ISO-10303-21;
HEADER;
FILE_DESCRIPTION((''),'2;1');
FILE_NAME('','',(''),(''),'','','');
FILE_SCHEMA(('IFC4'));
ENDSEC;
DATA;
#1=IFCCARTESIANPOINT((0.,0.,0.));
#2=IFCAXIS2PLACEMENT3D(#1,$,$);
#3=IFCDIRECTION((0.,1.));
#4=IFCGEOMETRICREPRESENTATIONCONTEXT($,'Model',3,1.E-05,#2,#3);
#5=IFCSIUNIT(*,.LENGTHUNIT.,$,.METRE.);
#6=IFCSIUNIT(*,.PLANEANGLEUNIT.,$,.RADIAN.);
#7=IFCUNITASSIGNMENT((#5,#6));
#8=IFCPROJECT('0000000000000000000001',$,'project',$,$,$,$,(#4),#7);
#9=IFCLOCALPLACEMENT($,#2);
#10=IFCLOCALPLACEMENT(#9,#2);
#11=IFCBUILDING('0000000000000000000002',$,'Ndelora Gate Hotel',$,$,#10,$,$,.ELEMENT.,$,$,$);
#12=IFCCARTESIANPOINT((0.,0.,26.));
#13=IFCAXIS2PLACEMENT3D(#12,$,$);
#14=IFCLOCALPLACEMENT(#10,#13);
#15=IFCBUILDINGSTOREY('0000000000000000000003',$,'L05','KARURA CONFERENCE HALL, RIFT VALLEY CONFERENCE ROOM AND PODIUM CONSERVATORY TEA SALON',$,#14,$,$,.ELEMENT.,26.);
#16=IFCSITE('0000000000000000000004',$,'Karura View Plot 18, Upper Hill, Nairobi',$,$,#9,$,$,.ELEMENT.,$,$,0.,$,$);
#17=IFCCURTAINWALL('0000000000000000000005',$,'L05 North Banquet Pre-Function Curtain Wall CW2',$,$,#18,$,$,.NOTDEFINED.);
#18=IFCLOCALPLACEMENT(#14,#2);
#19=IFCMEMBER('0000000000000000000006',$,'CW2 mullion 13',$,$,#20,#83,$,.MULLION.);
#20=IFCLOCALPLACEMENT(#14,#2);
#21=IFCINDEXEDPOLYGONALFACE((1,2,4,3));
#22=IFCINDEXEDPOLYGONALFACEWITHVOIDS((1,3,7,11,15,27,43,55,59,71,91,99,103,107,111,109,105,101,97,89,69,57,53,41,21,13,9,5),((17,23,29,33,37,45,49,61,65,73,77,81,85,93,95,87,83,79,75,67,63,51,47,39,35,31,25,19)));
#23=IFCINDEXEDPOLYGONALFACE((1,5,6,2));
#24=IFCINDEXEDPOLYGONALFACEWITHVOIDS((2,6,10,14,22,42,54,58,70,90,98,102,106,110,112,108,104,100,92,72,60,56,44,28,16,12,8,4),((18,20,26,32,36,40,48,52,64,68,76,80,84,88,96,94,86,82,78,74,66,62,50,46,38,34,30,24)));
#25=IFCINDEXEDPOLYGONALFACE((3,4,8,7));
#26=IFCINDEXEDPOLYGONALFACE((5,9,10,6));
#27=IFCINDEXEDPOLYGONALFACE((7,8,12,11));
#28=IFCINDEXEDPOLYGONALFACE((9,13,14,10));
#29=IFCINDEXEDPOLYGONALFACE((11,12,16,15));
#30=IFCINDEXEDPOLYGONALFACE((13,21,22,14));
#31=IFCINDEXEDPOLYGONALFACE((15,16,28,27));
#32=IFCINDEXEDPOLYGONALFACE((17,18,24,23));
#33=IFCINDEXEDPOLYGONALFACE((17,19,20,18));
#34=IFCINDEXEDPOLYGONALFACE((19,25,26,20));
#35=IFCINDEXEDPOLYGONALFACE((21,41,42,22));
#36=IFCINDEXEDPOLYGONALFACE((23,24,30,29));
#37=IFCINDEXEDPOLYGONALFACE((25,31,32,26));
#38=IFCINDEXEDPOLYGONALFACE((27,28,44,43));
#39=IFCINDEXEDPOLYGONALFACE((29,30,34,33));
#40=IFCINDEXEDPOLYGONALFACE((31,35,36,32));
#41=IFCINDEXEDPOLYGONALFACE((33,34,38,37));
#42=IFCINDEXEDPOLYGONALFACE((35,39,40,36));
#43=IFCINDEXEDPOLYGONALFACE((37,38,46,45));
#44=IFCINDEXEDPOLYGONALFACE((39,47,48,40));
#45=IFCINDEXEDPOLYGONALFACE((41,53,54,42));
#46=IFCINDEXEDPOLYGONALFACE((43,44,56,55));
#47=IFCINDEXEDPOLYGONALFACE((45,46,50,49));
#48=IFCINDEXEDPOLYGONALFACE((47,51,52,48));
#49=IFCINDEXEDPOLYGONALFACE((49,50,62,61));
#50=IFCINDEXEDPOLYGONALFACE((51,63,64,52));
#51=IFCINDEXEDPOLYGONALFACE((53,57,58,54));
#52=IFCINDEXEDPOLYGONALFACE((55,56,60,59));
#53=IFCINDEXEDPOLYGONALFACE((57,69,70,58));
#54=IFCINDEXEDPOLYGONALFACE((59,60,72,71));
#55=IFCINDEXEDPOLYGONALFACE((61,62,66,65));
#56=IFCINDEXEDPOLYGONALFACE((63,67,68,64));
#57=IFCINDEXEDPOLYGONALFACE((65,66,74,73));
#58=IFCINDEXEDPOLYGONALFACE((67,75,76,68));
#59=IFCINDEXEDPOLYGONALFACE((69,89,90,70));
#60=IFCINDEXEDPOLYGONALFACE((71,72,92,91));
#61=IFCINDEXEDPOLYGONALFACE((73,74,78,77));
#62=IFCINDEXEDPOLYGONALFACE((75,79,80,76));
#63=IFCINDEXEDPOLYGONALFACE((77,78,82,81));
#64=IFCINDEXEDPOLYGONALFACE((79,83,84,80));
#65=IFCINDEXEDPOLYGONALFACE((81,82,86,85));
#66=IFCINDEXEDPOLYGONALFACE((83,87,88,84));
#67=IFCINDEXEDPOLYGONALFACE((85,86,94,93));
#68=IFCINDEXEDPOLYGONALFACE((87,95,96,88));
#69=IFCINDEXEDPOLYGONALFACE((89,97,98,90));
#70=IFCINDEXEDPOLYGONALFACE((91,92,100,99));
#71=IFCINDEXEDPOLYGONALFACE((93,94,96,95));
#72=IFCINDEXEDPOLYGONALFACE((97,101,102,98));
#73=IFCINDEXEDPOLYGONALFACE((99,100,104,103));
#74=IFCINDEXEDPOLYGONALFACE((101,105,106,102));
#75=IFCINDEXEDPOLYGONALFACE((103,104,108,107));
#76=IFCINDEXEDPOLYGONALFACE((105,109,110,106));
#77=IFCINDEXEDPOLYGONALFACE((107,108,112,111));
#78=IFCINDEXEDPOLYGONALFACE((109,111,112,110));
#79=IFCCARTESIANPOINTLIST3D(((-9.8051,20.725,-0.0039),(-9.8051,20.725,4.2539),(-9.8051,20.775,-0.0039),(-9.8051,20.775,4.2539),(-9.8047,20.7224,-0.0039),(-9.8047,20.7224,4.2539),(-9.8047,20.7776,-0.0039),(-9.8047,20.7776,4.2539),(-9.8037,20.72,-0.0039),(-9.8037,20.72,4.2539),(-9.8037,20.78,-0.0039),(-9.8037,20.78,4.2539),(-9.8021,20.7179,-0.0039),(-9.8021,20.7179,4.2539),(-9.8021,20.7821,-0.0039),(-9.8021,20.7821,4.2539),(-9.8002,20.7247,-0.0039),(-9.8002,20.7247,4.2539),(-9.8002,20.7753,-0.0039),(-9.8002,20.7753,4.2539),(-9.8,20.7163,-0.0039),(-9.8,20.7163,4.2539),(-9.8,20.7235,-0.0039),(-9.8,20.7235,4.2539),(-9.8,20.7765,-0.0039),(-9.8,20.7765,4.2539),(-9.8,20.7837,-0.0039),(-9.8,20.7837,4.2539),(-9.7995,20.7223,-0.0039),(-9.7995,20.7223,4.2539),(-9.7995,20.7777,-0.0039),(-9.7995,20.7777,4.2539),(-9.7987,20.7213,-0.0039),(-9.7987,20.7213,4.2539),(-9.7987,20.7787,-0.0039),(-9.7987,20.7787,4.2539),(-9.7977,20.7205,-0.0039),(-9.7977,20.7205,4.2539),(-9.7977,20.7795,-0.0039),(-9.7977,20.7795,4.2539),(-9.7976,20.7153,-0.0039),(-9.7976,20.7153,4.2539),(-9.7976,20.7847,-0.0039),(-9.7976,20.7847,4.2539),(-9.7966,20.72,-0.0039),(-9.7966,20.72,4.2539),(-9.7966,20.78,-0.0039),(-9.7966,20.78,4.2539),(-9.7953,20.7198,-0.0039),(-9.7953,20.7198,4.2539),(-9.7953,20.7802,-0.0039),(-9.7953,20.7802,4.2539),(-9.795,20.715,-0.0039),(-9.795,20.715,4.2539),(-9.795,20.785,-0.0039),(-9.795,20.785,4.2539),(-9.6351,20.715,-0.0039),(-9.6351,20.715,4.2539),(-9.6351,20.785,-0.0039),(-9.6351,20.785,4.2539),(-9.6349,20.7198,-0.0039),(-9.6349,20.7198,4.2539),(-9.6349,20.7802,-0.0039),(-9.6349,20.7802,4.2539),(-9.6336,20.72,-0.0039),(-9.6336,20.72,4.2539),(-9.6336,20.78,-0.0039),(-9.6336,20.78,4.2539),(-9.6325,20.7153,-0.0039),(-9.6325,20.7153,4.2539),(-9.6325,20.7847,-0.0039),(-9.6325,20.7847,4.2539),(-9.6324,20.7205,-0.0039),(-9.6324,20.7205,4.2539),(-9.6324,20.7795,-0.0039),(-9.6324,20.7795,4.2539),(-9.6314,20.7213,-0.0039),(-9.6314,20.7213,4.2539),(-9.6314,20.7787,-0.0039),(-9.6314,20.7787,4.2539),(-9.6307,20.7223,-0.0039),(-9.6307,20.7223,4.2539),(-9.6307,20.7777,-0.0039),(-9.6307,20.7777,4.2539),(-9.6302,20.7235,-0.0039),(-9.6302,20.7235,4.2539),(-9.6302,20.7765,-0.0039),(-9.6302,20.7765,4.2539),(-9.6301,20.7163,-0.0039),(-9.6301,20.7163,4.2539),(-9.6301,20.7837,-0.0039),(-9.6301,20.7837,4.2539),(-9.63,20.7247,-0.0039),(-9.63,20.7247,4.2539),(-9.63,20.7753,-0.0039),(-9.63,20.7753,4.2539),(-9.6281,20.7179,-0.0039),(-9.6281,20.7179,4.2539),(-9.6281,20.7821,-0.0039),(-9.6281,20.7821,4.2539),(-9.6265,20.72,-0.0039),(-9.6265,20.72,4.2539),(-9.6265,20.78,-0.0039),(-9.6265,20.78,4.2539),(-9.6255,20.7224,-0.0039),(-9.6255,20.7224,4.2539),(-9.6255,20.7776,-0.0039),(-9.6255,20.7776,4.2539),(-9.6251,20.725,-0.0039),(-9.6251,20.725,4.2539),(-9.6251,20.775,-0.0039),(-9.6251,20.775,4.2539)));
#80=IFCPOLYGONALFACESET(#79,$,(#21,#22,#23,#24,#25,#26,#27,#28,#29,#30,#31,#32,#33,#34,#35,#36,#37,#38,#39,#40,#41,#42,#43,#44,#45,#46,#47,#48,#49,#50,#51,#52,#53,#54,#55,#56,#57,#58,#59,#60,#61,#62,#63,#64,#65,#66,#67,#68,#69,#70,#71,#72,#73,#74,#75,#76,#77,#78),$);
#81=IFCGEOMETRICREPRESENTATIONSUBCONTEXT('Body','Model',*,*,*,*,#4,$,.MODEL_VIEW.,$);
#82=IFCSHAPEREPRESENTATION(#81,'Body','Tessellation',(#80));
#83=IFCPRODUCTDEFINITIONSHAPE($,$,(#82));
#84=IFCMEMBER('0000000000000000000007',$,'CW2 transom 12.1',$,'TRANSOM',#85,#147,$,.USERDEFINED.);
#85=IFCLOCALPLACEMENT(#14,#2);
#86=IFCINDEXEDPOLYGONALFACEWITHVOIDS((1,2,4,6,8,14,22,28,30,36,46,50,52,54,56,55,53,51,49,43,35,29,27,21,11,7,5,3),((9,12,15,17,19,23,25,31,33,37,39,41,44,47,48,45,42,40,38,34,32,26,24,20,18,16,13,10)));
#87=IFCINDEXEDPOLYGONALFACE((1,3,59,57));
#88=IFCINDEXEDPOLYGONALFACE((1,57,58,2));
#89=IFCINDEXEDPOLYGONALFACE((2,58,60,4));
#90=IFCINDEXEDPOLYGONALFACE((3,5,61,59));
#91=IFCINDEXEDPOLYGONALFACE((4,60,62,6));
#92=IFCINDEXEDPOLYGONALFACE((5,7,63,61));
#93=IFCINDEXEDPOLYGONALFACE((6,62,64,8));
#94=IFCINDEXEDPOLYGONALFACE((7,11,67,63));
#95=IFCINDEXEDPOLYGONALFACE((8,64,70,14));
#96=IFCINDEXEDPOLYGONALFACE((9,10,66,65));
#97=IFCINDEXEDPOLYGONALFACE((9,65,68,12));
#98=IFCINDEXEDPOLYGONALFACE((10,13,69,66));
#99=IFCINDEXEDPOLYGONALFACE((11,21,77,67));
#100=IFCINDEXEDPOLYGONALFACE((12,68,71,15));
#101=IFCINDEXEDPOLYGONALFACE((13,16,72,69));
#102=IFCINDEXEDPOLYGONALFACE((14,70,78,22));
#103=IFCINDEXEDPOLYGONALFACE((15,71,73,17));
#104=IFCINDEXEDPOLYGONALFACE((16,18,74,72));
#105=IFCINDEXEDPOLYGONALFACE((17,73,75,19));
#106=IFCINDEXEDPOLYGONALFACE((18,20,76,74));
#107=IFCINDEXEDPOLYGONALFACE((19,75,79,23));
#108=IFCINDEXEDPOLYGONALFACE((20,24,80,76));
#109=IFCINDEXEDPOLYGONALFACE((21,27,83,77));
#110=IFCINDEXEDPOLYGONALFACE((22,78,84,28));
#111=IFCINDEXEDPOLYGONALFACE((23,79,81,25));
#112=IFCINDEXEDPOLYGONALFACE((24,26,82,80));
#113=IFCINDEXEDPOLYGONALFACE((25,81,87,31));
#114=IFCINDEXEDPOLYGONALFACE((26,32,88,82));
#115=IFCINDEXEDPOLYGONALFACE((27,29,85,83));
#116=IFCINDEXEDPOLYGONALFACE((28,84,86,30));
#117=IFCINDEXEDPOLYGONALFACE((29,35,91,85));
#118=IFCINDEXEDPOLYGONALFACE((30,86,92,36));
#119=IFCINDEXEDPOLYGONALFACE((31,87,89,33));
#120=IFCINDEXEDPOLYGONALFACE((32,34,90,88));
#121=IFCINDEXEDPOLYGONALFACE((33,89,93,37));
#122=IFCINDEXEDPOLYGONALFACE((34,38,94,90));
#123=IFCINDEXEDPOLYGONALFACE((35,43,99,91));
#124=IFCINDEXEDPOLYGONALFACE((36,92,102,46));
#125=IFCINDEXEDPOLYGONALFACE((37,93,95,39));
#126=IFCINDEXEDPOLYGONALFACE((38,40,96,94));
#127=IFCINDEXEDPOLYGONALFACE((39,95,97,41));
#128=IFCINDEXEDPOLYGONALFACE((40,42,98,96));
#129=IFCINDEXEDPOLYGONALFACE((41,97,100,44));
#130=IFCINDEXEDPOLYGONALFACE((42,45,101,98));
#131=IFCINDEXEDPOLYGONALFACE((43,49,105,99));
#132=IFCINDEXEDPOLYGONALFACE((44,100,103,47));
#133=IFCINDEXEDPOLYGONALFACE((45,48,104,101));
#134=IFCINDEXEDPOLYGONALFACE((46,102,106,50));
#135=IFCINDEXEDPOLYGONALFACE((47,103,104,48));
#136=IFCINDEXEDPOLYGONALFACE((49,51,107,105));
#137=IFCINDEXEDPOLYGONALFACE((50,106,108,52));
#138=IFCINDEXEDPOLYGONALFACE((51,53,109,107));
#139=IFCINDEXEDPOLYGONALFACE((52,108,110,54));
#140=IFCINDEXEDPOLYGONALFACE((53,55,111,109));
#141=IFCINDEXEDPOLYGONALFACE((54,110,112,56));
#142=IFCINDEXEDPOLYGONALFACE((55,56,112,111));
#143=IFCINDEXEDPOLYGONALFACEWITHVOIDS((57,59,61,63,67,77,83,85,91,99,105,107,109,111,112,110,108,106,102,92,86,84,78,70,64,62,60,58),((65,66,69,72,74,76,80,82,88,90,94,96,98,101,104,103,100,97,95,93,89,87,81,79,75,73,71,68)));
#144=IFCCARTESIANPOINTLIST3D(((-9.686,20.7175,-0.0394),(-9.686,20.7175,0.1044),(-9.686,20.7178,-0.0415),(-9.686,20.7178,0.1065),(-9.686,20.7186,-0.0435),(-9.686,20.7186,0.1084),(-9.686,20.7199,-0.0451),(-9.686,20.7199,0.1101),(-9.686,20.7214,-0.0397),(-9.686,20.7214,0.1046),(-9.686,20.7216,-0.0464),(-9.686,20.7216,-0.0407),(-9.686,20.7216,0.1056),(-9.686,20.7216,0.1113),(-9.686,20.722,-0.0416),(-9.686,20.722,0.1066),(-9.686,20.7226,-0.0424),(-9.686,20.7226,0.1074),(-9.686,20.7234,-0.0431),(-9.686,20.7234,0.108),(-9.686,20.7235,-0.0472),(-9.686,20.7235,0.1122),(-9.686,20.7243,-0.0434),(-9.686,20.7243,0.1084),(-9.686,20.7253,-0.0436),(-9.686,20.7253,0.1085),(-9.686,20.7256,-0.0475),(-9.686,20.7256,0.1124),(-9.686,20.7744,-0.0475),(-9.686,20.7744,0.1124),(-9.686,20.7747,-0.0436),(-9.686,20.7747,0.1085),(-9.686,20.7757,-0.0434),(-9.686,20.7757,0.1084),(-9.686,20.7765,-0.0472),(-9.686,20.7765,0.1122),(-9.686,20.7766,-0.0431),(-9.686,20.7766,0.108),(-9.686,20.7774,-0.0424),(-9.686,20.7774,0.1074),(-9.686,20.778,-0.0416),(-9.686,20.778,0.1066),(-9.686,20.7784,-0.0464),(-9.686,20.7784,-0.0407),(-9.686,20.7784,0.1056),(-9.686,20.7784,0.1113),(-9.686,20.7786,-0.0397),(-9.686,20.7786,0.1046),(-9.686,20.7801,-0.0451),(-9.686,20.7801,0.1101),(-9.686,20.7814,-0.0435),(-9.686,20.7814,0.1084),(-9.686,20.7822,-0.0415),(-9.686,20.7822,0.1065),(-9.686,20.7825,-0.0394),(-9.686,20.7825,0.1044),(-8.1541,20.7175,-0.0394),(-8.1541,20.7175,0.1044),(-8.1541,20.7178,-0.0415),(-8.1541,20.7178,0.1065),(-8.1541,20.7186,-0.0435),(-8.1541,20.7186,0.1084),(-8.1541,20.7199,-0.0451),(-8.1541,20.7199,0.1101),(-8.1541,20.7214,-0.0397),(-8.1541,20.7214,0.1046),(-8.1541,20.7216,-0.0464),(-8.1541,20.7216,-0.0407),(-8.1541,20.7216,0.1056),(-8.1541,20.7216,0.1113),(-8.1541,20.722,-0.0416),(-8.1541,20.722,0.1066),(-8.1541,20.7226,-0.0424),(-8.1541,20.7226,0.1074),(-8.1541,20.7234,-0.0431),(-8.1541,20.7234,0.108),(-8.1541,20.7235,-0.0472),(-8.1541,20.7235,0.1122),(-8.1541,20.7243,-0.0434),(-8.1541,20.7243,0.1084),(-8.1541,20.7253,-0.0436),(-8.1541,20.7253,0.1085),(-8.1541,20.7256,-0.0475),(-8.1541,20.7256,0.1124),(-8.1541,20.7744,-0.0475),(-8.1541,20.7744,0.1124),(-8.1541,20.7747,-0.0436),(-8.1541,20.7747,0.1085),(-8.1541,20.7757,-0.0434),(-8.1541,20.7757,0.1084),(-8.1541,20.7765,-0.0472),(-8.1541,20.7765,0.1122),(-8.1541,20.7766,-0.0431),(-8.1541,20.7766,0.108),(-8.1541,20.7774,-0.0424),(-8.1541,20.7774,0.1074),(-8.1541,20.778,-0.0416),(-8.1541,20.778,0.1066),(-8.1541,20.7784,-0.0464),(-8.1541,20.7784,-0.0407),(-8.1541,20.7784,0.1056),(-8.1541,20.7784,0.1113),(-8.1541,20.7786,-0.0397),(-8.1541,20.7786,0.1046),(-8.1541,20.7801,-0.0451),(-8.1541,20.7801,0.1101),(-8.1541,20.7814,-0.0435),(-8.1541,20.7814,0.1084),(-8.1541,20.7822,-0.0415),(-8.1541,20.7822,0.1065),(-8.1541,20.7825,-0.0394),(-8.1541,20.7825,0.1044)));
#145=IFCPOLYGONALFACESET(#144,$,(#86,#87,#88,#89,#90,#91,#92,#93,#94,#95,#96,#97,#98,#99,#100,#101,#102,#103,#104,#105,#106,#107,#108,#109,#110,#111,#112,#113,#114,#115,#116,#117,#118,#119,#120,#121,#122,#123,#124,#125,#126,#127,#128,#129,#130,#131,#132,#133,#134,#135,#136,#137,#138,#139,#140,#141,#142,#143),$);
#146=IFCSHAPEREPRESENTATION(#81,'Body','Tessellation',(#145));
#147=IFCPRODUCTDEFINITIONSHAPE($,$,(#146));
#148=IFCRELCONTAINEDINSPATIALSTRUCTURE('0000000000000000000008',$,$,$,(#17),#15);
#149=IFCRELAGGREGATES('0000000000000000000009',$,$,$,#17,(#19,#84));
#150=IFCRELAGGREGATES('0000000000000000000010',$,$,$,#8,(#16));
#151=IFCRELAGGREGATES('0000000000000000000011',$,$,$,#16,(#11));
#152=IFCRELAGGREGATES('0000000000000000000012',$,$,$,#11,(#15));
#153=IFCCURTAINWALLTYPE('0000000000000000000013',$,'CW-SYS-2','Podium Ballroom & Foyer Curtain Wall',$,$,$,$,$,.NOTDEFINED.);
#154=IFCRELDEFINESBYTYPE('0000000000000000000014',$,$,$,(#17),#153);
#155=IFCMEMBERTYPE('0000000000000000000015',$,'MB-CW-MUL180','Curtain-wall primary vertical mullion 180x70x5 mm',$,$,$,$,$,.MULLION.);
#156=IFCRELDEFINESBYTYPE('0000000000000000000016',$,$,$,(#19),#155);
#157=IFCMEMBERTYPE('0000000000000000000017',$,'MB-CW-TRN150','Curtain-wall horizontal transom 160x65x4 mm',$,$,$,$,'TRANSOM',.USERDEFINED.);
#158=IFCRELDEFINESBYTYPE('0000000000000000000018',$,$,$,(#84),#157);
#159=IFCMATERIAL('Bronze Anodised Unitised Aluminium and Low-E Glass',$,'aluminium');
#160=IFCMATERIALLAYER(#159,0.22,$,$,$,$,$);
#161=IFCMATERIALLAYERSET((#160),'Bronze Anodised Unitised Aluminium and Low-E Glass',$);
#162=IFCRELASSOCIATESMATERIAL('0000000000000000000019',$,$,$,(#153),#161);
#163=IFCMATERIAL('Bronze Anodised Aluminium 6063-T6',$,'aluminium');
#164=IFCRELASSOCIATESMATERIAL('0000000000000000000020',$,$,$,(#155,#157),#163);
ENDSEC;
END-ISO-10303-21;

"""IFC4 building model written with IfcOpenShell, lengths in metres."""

from ifc_helpers import new_model, si_unit, direction, frame, origin, origin_2d, place, context, subcontext, project, spatial, hollow_rectangle, extrude, material, layer, layer_set, material_profile, profile_set, type_object, element, aggregate, save


model = new_model("IFC4")

# Units and contexts
model_context = context("Model", 3, precision=1e-05, world=origin(), true_north=direction((0.0, 1.0)))
body_context = subcontext(model_context, "Body", "Model", "MODEL_VIEW")
ifc_project = project(units=[si_unit("LENGTHUNIT", "METRE"), si_unit("PLANEANGLEUNIT", "RADIAN")], contexts=[model_context])

# Site, building, storey
site_placement = place(None, origin())
site = spatial("IfcSite", under=ifc_project, at=site_placement, Name="Karura View Plot 18, Upper Hill, Nairobi", CompositionType="ELEMENT", RefElevation=0.0)
building_placement = place(site_placement, origin())
building = spatial("IfcBuilding", under=site, at=building_placement, Name="Ndelora Gate Hotel", CompositionType="ELEMENT")
storey_placement = place(building_placement, frame((0.0, 0.0, 26.0)))
storey = spatial("IfcBuildingStorey", under=building, at=storey_placement, Name="L05", Description="KARURA CONFERENCE HALL, RIFT VALLEY CONFERENCE ROOM AND PODIUM CONSERVATORY TEA SALON", CompositionType="ELEMENT", Elevation=26.0)

# Curtain wall, members
ifc_material_1 = material(Name="Bronze Anodised Unitised Aluminium and Low-E Glass", Category="aluminium")
ifc_layer_1 = layer(ifc_material_1, 0.22)
ifc_layer_set_1 = layer_set([ifc_layer_1], Name="Bronze Anodised Unitised Aluminium and Low-E Glass")
curtain_wall_type = type_object("IfcCurtainWallType", Name="CW-SYS-2", Description="Podium Ballroom & Foyer Curtain Wall", PredefinedType="NOTDEFINED", material=ifc_layer_set_1)
curtain_wall_placement = place(storey_placement, origin())
curtain_wall = element("IfcCurtainWall", 1, at=curtain_wall_placement, inside=storey, type_object=curtain_wall_type, Name="L05 North Banquet Pre-Function Curtain Wall CW2", PredefinedType="NOTDEFINED")
ifc_material_2 = material(Name="Bronze Anodised Aluminium 6063-T6", Category="aluminium")
ifc_material_profile_1 = material_profile(ifc_material_2, hollow_rectangle(XDim=0.0701, YDim=0.1799, WallThickness=0.0049, InnerFilletRadius=0.0049, OuterFilletRadius=0.01, at=origin_2d()), Name="ALU 180x70x5")
ifc_profile_set_1 = profile_set([ifc_material_profile_1], Name="Bronze Anodised Aluminium 6063-T6")
member_type_1 = type_object("IfcMemberType", Name="MB-CW-MUL180", Description="Curtain-wall primary vertical mullion 180x70x5 mm", PredefinedType="MULLION", material=ifc_profile_set_1)
member_1_placement = place(storey_placement, frame((-9.7151, 20.75, -0.0039), z_axis=(0.0, 0.0, 1.0), x_axis=(0.0, -1.0, 0.0)))
member_1 = element("IfcMember", 2, at=member_1_placement, type_object=member_type_1, Name="CW2 mullion 13", PredefinedType="MULLION", context=body_context, shape_type="SweptSolid", body=[
    extrude(hollow_rectangle(XDim=0.0701, YDim=0.1799, WallThickness=0.0049, InnerFilletRadius=0.0049, OuterFilletRadius=0.01, at=origin_2d()), origin(), (0.0, 0.0, 1.0), 4.2578),
])
ifc_material_profile_2 = material_profile(ifc_material_2, hollow_rectangle(XDim=0.0649, YDim=0.1599, WallThickness=0.0039, InnerFilletRadius=0.0039, OuterFilletRadius=0.0081, at=origin_2d()), Name="ALU 160x65x4")
ifc_profile_set_2 = profile_set([ifc_material_profile_2], Name="Bronze Anodised Aluminium 6063-T6")
member_type_2 = type_object("IfcMemberType", Name="MB-CW-TRN150", Description="Curtain-wall horizontal transom 160x65x4 mm", ElementType="TRANSOM", PredefinedType="USERDEFINED", material=ifc_profile_set_2)
member_2_placement = place(storey_placement, frame((-8.1541, 20.75, 0.0325), z_axis=(-1.0, 0.0, 0.0), x_axis=(0.0, -1.0, 0.0)))
member_2 = element("IfcMember", 3, at=member_2_placement, type_object=member_type_2, Name="CW2 transom 12.1", ObjectType="TRANSOM", PredefinedType="USERDEFINED", context=body_context, shape_type="SweptSolid", body=[
    extrude(hollow_rectangle(XDim=0.0649, YDim=0.1599, WallThickness=0.0039, InnerFilletRadius=0.0039, OuterFilletRadius=0.0081, at=origin_2d()), origin(), (0.0, 0.0, 1.0), 1.532),
])
aggregate(curtain_wall, [member_1, member_2])

save(model, "model.ifc")
